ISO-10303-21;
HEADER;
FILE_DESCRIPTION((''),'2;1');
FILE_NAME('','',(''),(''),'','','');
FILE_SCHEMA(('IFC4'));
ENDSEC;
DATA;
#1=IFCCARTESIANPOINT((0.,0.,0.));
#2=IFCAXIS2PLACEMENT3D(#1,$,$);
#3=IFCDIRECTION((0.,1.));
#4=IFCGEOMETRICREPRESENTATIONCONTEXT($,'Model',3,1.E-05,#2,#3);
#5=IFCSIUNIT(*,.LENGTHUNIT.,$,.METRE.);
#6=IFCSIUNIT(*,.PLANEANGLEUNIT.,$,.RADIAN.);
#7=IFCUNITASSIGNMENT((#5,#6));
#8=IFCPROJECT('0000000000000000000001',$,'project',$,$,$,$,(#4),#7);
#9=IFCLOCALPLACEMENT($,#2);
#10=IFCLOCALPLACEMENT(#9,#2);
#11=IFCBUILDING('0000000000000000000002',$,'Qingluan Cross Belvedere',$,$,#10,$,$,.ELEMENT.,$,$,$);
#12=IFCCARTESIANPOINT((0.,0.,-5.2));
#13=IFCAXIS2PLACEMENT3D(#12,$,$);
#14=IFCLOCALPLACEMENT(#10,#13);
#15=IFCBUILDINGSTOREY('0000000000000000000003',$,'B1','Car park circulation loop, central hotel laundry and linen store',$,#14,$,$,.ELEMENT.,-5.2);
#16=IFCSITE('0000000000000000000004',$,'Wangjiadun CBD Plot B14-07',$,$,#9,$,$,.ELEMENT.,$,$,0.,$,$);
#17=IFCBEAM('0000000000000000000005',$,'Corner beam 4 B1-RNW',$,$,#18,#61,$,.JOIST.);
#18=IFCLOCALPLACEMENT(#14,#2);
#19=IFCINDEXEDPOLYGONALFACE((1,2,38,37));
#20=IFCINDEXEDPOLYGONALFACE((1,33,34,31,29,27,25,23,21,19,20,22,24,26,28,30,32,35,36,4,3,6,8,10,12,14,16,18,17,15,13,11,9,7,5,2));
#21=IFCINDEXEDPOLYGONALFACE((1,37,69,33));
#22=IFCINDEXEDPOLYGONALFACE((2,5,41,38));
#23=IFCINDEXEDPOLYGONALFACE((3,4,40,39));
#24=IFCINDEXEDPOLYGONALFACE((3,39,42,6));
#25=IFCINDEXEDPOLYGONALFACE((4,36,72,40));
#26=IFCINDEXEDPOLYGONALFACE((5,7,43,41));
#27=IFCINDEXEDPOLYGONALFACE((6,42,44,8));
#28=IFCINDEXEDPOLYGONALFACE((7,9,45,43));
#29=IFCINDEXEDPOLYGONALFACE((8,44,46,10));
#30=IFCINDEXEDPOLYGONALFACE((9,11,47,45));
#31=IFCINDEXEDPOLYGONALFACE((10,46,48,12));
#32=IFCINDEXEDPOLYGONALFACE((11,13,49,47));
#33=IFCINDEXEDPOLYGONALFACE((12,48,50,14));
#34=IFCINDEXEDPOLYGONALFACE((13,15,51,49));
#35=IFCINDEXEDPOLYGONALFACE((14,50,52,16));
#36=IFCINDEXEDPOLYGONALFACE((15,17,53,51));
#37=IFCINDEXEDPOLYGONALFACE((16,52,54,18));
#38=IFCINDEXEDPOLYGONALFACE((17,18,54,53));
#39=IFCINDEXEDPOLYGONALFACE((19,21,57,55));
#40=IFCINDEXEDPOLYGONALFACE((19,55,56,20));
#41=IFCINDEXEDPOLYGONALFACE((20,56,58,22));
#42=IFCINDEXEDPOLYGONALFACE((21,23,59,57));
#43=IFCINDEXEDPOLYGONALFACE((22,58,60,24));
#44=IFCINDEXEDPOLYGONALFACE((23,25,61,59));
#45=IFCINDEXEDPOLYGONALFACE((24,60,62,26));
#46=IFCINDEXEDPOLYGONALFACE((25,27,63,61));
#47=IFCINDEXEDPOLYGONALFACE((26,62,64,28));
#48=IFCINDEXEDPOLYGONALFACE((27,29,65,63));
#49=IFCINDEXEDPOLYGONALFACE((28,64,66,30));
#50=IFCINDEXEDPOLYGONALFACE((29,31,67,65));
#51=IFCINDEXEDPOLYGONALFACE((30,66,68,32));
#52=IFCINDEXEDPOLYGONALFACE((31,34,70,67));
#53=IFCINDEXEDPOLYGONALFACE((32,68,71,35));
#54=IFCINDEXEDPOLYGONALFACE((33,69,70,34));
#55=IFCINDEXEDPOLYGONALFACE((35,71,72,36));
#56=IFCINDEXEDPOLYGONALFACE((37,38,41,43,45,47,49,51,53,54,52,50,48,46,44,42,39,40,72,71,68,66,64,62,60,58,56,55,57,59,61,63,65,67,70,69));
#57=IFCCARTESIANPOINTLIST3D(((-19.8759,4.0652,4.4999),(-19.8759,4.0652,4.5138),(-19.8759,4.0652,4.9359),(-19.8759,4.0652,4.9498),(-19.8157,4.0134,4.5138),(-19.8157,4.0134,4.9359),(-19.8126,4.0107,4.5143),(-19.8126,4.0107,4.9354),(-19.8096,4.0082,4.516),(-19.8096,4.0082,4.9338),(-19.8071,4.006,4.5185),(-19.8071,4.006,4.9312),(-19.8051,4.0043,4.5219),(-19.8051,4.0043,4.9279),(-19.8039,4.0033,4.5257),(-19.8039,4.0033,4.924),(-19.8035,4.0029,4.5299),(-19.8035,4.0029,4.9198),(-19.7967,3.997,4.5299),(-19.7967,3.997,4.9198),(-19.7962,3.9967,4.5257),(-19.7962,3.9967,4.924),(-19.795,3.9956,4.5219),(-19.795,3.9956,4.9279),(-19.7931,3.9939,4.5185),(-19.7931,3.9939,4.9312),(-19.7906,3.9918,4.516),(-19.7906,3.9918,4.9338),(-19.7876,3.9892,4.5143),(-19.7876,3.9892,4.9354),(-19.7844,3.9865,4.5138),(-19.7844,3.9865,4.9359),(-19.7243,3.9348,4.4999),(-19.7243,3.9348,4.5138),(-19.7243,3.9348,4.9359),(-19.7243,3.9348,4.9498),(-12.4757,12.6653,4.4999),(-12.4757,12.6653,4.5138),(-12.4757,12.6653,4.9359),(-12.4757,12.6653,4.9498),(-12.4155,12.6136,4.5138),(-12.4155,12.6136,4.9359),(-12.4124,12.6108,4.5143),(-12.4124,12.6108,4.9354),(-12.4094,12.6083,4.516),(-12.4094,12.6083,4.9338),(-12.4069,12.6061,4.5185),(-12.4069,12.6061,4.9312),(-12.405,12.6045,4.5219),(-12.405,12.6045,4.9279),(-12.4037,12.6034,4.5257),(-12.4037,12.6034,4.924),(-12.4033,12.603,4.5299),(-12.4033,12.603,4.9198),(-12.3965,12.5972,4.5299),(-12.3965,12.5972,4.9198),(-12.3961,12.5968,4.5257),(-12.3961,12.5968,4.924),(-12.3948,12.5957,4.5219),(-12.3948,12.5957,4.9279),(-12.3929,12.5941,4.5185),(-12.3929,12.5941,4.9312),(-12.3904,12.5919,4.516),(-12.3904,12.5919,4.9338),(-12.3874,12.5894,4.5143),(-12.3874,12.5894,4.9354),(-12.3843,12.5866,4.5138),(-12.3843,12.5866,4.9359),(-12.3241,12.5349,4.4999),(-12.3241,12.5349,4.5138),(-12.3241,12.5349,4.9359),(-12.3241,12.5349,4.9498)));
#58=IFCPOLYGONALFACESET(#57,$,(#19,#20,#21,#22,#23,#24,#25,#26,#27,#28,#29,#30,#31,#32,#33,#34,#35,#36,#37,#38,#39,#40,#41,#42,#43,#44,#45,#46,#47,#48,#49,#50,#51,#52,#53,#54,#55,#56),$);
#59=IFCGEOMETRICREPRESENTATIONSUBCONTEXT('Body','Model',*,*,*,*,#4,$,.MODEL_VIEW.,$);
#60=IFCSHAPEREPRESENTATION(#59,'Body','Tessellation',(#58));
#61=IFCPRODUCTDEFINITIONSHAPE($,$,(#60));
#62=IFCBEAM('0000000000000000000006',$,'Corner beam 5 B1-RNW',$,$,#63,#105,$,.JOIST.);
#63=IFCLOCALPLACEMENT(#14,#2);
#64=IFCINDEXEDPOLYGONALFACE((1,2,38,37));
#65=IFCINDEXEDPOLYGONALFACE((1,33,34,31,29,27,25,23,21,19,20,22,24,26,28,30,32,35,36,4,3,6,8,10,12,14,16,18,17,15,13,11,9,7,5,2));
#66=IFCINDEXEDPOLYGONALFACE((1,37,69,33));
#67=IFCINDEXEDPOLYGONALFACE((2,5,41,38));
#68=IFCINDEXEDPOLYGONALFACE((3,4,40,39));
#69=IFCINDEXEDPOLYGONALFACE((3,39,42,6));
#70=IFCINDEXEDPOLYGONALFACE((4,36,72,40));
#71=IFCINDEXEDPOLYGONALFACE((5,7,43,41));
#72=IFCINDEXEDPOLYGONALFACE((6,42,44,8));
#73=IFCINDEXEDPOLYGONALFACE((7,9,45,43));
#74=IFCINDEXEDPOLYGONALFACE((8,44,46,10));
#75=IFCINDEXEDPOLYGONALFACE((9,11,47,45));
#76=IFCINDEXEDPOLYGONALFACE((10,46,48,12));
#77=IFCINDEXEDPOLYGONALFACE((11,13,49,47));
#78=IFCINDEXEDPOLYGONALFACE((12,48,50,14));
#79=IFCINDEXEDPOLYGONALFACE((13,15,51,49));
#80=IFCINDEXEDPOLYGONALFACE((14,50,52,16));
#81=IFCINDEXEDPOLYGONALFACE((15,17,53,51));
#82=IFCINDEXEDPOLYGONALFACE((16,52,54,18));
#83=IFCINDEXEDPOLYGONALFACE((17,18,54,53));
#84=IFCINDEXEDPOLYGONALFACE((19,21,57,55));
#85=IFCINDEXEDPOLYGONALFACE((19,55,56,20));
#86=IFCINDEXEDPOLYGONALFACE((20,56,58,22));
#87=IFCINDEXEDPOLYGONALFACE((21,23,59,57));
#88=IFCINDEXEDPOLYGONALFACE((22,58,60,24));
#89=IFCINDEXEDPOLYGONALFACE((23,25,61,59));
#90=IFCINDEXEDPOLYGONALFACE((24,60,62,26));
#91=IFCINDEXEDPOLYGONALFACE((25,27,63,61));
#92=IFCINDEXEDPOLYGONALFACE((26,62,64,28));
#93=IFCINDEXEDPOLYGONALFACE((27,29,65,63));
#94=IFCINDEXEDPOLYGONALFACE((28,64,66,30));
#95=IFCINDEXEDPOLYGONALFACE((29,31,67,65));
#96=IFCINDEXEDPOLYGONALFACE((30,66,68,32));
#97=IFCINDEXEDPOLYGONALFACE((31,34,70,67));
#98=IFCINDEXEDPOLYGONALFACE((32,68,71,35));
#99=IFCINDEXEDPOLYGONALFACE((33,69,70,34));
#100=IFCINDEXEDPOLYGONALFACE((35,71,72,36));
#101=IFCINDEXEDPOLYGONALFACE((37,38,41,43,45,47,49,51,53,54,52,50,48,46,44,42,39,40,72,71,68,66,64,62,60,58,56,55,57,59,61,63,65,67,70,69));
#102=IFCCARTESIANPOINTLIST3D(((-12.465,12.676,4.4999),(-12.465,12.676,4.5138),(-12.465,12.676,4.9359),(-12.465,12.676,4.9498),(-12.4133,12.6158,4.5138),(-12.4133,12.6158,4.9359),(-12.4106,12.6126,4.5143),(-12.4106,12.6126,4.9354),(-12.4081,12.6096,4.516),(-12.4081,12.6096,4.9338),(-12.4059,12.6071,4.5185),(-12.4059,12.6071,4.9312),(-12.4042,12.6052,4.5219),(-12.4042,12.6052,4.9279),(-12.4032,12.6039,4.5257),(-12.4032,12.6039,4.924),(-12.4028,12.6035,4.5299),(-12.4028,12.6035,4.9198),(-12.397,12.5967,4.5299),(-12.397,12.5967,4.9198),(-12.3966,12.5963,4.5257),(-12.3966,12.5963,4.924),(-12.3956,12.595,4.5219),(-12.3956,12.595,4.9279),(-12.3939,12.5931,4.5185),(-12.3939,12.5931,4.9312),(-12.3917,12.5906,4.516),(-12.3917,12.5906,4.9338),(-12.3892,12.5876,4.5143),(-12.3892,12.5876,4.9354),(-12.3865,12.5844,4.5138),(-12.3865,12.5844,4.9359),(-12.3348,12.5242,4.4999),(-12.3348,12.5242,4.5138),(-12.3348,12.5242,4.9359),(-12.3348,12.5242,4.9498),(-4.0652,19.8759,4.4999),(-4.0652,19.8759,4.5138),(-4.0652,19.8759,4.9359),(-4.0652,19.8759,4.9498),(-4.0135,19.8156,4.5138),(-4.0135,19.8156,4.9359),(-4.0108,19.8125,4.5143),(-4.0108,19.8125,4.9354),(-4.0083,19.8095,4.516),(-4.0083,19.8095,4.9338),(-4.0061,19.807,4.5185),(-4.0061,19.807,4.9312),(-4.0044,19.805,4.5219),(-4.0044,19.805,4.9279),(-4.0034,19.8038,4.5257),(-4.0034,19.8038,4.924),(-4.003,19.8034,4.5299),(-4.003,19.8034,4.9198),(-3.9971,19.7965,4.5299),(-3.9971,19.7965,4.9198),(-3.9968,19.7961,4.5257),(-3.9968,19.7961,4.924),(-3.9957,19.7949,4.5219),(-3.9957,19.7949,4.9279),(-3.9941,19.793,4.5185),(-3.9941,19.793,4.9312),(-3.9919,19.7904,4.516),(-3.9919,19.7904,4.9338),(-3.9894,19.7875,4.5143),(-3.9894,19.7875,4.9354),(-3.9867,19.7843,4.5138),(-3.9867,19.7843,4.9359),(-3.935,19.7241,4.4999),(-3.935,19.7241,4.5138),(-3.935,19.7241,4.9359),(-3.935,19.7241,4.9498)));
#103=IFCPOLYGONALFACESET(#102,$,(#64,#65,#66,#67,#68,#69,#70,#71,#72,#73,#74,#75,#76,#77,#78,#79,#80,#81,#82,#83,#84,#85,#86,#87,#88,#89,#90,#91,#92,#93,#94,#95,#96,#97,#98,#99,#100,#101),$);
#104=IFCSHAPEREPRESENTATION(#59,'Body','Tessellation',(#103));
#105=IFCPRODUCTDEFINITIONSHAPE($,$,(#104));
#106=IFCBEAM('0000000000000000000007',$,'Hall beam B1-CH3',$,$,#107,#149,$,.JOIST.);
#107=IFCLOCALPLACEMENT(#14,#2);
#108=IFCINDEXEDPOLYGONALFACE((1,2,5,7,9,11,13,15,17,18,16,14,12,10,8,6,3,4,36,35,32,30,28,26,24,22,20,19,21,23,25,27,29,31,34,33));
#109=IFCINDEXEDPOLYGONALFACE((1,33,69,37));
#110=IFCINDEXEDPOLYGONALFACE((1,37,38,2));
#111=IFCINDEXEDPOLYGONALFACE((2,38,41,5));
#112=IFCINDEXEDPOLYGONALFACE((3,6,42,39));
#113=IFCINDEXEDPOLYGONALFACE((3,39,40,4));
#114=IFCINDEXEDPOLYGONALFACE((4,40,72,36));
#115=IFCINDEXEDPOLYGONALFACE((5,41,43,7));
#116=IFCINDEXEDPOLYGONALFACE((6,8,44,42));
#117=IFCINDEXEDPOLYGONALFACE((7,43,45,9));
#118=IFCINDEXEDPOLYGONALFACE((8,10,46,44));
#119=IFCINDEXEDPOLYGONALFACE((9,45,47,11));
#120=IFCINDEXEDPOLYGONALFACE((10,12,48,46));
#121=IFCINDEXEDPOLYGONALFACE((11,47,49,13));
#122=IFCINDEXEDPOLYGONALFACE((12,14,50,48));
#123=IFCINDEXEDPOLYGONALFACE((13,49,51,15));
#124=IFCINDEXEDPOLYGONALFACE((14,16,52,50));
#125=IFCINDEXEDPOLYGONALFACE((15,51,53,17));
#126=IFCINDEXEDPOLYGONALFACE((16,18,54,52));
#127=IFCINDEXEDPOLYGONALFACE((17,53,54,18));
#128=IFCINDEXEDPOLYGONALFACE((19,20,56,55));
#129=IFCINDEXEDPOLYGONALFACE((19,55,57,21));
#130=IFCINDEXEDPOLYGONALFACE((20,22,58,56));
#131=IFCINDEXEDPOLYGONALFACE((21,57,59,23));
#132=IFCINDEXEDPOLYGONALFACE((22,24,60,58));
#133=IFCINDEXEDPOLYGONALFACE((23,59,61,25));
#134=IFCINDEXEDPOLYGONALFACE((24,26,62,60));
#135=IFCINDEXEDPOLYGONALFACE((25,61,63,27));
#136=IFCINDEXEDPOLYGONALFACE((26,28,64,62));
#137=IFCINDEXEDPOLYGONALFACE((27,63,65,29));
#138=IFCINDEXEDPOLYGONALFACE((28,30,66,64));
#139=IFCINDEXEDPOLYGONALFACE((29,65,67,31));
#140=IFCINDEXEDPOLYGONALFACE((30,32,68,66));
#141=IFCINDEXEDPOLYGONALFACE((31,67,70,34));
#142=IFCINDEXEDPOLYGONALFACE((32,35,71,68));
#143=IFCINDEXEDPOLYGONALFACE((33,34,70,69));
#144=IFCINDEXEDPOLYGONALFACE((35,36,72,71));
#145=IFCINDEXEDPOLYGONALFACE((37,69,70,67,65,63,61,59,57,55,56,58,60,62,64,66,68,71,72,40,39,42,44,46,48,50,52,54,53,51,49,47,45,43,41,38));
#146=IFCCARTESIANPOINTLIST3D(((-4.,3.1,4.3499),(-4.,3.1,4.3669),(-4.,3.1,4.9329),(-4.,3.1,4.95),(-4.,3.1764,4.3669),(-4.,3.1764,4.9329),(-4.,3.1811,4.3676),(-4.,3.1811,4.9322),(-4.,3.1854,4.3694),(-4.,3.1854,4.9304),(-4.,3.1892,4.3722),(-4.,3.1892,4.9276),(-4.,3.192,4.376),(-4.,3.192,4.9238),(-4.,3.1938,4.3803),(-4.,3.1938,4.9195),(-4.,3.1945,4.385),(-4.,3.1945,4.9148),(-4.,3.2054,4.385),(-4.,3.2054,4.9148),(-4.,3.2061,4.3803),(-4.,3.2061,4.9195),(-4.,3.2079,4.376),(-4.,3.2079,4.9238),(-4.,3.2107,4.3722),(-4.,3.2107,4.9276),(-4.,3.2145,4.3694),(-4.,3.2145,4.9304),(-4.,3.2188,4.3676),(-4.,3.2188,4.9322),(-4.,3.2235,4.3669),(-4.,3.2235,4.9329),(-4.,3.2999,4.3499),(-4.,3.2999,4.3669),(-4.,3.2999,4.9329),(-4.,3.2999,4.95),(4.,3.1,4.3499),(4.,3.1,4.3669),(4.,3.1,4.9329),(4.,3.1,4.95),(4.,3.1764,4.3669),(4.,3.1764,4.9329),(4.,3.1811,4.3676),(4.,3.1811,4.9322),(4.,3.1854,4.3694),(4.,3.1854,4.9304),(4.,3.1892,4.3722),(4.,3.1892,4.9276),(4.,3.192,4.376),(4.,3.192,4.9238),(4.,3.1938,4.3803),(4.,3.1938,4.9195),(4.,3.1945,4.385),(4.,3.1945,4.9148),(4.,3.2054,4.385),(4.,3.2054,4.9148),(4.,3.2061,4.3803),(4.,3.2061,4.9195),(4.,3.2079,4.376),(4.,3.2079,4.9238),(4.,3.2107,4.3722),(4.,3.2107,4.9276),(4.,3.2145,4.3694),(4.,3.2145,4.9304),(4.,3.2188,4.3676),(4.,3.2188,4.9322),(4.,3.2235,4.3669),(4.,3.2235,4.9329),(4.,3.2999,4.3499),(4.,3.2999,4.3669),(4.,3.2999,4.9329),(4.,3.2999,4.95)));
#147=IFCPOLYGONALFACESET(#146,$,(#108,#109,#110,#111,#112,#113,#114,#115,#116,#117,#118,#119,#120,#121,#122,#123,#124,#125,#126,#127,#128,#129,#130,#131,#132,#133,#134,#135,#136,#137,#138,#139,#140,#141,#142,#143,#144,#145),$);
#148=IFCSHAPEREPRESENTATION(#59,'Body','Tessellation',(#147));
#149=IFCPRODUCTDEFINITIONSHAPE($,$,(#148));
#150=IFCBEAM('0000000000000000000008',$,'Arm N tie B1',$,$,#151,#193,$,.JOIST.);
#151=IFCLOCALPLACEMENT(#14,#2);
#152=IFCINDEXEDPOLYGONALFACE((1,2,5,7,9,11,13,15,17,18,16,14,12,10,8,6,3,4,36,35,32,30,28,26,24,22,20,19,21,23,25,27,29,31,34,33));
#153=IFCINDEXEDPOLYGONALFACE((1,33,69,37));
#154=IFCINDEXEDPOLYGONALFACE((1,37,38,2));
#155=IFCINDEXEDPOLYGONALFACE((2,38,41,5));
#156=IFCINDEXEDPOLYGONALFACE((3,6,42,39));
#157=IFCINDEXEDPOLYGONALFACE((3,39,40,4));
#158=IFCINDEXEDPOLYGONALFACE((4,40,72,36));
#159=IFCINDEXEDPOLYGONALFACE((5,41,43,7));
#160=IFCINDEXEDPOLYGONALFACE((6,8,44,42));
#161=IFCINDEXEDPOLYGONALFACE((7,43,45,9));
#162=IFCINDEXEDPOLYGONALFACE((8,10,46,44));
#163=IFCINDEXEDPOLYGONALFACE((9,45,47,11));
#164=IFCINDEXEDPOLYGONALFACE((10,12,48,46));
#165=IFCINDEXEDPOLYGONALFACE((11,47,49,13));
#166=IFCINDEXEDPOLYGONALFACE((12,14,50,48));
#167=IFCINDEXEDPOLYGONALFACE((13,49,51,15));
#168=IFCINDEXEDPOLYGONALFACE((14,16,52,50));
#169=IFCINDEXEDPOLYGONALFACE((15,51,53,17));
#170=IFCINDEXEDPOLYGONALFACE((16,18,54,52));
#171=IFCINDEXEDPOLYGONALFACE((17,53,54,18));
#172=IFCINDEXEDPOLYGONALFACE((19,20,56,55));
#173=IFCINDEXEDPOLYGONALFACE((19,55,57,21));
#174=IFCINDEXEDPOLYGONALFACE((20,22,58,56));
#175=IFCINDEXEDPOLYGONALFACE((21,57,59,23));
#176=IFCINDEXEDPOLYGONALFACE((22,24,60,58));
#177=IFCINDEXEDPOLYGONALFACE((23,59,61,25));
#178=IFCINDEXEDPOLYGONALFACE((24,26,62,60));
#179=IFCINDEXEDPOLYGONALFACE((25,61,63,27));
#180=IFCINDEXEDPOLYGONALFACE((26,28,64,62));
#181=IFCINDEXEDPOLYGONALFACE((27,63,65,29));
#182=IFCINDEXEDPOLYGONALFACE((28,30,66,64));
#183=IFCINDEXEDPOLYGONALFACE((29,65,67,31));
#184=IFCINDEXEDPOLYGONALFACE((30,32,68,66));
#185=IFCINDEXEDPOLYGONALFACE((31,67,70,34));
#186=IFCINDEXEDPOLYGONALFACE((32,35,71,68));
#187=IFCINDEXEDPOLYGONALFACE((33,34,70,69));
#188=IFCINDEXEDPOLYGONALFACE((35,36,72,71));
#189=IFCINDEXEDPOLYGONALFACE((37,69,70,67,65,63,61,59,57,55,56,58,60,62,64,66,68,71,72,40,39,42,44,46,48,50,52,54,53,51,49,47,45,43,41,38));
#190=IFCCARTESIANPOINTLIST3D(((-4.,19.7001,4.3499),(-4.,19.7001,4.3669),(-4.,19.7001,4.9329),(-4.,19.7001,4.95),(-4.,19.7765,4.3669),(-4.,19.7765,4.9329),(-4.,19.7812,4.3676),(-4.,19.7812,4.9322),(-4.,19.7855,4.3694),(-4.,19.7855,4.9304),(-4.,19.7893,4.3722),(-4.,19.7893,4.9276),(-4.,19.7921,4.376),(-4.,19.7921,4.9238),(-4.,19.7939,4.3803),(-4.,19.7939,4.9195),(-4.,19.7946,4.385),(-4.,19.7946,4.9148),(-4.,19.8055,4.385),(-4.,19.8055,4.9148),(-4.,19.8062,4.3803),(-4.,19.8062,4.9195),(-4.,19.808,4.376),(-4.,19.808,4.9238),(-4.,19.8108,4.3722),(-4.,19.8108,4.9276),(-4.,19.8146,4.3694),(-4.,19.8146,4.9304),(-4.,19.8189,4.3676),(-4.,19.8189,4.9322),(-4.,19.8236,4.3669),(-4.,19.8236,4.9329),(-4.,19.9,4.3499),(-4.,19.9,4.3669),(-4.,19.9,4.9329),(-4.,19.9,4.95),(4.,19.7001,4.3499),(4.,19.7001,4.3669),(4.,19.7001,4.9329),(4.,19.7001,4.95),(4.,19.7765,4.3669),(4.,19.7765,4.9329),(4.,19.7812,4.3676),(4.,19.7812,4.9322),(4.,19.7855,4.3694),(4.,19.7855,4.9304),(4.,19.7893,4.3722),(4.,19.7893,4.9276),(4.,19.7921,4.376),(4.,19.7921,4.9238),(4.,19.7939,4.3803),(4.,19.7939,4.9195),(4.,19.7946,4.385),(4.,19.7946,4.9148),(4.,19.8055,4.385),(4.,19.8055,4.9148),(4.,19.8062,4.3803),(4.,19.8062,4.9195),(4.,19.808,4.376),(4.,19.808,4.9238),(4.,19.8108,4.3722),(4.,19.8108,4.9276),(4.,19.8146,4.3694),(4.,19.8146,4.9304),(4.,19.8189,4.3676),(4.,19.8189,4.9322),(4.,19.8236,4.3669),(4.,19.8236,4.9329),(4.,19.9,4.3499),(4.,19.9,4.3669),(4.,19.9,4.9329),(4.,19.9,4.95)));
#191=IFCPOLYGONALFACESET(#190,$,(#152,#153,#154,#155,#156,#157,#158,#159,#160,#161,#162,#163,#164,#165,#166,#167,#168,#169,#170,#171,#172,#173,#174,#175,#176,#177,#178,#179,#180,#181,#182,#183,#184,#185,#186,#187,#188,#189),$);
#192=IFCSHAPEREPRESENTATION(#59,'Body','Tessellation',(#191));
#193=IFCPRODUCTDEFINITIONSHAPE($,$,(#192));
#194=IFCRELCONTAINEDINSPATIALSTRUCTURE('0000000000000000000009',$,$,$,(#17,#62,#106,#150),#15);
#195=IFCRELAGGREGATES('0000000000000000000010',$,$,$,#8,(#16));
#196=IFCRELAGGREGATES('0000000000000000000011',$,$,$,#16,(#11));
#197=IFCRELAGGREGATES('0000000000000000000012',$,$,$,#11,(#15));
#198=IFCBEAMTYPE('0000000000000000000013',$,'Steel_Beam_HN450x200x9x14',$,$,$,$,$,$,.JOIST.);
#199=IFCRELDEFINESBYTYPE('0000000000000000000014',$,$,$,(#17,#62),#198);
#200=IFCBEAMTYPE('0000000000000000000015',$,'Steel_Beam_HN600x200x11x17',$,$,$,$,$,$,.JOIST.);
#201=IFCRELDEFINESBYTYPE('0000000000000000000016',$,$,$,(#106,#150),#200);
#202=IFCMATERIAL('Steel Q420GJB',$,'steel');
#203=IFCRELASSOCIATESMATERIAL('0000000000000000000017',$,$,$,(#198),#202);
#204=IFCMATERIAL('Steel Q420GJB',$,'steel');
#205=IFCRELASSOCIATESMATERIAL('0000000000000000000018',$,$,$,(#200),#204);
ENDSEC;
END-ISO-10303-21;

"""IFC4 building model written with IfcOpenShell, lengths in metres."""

from ifc_helpers import new_model, si_unit, direction, frame, origin, origin_2d, place, context, subcontext, project, spatial, i_section, extrude, material, material_profile, profile_set, type_object, element, save


model = new_model("IFC4")

# Units and contexts
model_context = context("Model", 3, precision=1e-05, world=origin(), true_north=direction((0.0, 1.0)))
body_context = subcontext(model_context, "Body", "Model", "MODEL_VIEW")
ifc_project = project(units=[si_unit("LENGTHUNIT", "METRE"), si_unit("PLANEANGLEUNIT", "RADIAN")], contexts=[model_context])

# Site, building, storey
site_placement = place(None, origin())
site = spatial("IfcSite", under=ifc_project, at=site_placement, Name="Wangjiadun CBD Plot B14-07", CompositionType="ELEMENT", RefElevation=0.0)
building_placement = place(site_placement, origin())
building = spatial("IfcBuilding", under=site, at=building_placement, Name="Qingluan Cross Belvedere", CompositionType="ELEMENT")
storey_placement = place(building_placement, frame((0.0, 0.0, -5.2)))
storey = spatial("IfcBuildingStorey", under=building, at=storey_placement, Name="B1", Description="Car park circulation loop, central hotel laundry and linen store", CompositionType="ELEMENT", Elevation=-5.2)

# Beams
ifc_material_1 = material(Name="Steel Q420GJB", Category="steel")
ifc_material_profile_1 = material_profile(ifc_material_1, i_section(OverallWidth=0.2, OverallDepth=0.45, WebThickness=0.009, FlangeThickness=0.0139, FilletRadius=0.0161, at=origin_2d()), Name="HN450x200x9x14")
ifc_profile_set_1 = profile_set([ifc_material_profile_1], Name="Steel Q420GJB")
beam_type_1 = type_object("IfcBeamType", Name="Steel_Beam_HN450x200x9x14", PredefinedType="JOIST", material=ifc_profile_set_1)
beam_1_placement = place(storey_placement, frame((-12.3999, 12.6001, 4.7249), z_axis=(-0.652245, -0.758008, 0.0), x_axis=(0.758008, -0.652245, 0.0)))
element("IfcBeam", 1, at=beam_1_placement, inside=storey, type_object=beam_type_1, Name="Corner beam 4 B1-RNW", PredefinedType="JOIST", context=body_context, shape_type="SweptSolid", body=[
    extrude(i_section(OverallWidth=0.2, OverallDepth=0.45, WebThickness=0.009, FlangeThickness=0.0139, FilletRadius=0.0161, at=origin_2d()), origin(), (0.0, 0.0, 1.0), 11.3457),
])
beam_2_placement = place(storey_placement, frame((-12.3999, 12.6001, 4.7249), z_axis=(0.759255, 0.650793, 0.0), x_axis=(-0.650793, 0.759255, 0.0)))
element("IfcBeam", 2, at=beam_2_placement, inside=storey, type_object=beam_type_1, Name="Corner beam 5 B1-RNW", PredefinedType="JOIST", context=body_context, shape_type="SweptSolid", body=[
    extrude(i_section(OverallWidth=0.2, OverallDepth=0.45, WebThickness=0.009, FlangeThickness=0.0139, FilletRadius=0.0161, at=origin_2d()), origin(), (0.0, 0.0, 1.0), 11.0632),
])
ifc_material_2 = material(Name="Steel Q420GJB", Category="steel")
ifc_material_profile_2 = material_profile(ifc_material_2, i_section(OverallWidth=0.2, OverallDepth=0.6001, WebThickness=0.011, FlangeThickness=0.0171, FilletRadius=0.0181, at=origin_2d()), Name="HN600x200x11x17")
ifc_profile_set_2 = profile_set([ifc_material_profile_2], Name="Steel Q420GJB")
beam_type_2 = type_object("IfcBeamType", Name="Steel_Beam_HN600x200x11x17", PredefinedType="JOIST", material=ifc_profile_set_2)
for number, where, z_axis, x_axis, name in (
    (3, (-4.0, 3.2, 4.6499), (1.0, 0.0, 0.0), (0.0, 1.0, 0.0), "Hall beam B1-CH3"),
    (4, (-4.0, 19.8, 4.6499), (1.0, 0.0, 0.0), (0.0, 1.0, 0.0), "Arm N tie B1"),
):
    element("IfcBeam", number, at=place(storey_placement, frame(where, z_axis=z_axis, x_axis=x_axis)), inside=storey, type_object=beam_type_2, Name=name, PredefinedType="JOIST", context=body_context, shape_type="SweptSolid", body=[
        extrude(i_section(OverallWidth=0.2, OverallDepth=0.6001, WebThickness=0.011, FlangeThickness=0.0171, FilletRadius=0.0181, at=origin_2d()), origin(), (0.0, 0.0, 1.0), 8.0),
    ])

save(model, "model.ifc")
